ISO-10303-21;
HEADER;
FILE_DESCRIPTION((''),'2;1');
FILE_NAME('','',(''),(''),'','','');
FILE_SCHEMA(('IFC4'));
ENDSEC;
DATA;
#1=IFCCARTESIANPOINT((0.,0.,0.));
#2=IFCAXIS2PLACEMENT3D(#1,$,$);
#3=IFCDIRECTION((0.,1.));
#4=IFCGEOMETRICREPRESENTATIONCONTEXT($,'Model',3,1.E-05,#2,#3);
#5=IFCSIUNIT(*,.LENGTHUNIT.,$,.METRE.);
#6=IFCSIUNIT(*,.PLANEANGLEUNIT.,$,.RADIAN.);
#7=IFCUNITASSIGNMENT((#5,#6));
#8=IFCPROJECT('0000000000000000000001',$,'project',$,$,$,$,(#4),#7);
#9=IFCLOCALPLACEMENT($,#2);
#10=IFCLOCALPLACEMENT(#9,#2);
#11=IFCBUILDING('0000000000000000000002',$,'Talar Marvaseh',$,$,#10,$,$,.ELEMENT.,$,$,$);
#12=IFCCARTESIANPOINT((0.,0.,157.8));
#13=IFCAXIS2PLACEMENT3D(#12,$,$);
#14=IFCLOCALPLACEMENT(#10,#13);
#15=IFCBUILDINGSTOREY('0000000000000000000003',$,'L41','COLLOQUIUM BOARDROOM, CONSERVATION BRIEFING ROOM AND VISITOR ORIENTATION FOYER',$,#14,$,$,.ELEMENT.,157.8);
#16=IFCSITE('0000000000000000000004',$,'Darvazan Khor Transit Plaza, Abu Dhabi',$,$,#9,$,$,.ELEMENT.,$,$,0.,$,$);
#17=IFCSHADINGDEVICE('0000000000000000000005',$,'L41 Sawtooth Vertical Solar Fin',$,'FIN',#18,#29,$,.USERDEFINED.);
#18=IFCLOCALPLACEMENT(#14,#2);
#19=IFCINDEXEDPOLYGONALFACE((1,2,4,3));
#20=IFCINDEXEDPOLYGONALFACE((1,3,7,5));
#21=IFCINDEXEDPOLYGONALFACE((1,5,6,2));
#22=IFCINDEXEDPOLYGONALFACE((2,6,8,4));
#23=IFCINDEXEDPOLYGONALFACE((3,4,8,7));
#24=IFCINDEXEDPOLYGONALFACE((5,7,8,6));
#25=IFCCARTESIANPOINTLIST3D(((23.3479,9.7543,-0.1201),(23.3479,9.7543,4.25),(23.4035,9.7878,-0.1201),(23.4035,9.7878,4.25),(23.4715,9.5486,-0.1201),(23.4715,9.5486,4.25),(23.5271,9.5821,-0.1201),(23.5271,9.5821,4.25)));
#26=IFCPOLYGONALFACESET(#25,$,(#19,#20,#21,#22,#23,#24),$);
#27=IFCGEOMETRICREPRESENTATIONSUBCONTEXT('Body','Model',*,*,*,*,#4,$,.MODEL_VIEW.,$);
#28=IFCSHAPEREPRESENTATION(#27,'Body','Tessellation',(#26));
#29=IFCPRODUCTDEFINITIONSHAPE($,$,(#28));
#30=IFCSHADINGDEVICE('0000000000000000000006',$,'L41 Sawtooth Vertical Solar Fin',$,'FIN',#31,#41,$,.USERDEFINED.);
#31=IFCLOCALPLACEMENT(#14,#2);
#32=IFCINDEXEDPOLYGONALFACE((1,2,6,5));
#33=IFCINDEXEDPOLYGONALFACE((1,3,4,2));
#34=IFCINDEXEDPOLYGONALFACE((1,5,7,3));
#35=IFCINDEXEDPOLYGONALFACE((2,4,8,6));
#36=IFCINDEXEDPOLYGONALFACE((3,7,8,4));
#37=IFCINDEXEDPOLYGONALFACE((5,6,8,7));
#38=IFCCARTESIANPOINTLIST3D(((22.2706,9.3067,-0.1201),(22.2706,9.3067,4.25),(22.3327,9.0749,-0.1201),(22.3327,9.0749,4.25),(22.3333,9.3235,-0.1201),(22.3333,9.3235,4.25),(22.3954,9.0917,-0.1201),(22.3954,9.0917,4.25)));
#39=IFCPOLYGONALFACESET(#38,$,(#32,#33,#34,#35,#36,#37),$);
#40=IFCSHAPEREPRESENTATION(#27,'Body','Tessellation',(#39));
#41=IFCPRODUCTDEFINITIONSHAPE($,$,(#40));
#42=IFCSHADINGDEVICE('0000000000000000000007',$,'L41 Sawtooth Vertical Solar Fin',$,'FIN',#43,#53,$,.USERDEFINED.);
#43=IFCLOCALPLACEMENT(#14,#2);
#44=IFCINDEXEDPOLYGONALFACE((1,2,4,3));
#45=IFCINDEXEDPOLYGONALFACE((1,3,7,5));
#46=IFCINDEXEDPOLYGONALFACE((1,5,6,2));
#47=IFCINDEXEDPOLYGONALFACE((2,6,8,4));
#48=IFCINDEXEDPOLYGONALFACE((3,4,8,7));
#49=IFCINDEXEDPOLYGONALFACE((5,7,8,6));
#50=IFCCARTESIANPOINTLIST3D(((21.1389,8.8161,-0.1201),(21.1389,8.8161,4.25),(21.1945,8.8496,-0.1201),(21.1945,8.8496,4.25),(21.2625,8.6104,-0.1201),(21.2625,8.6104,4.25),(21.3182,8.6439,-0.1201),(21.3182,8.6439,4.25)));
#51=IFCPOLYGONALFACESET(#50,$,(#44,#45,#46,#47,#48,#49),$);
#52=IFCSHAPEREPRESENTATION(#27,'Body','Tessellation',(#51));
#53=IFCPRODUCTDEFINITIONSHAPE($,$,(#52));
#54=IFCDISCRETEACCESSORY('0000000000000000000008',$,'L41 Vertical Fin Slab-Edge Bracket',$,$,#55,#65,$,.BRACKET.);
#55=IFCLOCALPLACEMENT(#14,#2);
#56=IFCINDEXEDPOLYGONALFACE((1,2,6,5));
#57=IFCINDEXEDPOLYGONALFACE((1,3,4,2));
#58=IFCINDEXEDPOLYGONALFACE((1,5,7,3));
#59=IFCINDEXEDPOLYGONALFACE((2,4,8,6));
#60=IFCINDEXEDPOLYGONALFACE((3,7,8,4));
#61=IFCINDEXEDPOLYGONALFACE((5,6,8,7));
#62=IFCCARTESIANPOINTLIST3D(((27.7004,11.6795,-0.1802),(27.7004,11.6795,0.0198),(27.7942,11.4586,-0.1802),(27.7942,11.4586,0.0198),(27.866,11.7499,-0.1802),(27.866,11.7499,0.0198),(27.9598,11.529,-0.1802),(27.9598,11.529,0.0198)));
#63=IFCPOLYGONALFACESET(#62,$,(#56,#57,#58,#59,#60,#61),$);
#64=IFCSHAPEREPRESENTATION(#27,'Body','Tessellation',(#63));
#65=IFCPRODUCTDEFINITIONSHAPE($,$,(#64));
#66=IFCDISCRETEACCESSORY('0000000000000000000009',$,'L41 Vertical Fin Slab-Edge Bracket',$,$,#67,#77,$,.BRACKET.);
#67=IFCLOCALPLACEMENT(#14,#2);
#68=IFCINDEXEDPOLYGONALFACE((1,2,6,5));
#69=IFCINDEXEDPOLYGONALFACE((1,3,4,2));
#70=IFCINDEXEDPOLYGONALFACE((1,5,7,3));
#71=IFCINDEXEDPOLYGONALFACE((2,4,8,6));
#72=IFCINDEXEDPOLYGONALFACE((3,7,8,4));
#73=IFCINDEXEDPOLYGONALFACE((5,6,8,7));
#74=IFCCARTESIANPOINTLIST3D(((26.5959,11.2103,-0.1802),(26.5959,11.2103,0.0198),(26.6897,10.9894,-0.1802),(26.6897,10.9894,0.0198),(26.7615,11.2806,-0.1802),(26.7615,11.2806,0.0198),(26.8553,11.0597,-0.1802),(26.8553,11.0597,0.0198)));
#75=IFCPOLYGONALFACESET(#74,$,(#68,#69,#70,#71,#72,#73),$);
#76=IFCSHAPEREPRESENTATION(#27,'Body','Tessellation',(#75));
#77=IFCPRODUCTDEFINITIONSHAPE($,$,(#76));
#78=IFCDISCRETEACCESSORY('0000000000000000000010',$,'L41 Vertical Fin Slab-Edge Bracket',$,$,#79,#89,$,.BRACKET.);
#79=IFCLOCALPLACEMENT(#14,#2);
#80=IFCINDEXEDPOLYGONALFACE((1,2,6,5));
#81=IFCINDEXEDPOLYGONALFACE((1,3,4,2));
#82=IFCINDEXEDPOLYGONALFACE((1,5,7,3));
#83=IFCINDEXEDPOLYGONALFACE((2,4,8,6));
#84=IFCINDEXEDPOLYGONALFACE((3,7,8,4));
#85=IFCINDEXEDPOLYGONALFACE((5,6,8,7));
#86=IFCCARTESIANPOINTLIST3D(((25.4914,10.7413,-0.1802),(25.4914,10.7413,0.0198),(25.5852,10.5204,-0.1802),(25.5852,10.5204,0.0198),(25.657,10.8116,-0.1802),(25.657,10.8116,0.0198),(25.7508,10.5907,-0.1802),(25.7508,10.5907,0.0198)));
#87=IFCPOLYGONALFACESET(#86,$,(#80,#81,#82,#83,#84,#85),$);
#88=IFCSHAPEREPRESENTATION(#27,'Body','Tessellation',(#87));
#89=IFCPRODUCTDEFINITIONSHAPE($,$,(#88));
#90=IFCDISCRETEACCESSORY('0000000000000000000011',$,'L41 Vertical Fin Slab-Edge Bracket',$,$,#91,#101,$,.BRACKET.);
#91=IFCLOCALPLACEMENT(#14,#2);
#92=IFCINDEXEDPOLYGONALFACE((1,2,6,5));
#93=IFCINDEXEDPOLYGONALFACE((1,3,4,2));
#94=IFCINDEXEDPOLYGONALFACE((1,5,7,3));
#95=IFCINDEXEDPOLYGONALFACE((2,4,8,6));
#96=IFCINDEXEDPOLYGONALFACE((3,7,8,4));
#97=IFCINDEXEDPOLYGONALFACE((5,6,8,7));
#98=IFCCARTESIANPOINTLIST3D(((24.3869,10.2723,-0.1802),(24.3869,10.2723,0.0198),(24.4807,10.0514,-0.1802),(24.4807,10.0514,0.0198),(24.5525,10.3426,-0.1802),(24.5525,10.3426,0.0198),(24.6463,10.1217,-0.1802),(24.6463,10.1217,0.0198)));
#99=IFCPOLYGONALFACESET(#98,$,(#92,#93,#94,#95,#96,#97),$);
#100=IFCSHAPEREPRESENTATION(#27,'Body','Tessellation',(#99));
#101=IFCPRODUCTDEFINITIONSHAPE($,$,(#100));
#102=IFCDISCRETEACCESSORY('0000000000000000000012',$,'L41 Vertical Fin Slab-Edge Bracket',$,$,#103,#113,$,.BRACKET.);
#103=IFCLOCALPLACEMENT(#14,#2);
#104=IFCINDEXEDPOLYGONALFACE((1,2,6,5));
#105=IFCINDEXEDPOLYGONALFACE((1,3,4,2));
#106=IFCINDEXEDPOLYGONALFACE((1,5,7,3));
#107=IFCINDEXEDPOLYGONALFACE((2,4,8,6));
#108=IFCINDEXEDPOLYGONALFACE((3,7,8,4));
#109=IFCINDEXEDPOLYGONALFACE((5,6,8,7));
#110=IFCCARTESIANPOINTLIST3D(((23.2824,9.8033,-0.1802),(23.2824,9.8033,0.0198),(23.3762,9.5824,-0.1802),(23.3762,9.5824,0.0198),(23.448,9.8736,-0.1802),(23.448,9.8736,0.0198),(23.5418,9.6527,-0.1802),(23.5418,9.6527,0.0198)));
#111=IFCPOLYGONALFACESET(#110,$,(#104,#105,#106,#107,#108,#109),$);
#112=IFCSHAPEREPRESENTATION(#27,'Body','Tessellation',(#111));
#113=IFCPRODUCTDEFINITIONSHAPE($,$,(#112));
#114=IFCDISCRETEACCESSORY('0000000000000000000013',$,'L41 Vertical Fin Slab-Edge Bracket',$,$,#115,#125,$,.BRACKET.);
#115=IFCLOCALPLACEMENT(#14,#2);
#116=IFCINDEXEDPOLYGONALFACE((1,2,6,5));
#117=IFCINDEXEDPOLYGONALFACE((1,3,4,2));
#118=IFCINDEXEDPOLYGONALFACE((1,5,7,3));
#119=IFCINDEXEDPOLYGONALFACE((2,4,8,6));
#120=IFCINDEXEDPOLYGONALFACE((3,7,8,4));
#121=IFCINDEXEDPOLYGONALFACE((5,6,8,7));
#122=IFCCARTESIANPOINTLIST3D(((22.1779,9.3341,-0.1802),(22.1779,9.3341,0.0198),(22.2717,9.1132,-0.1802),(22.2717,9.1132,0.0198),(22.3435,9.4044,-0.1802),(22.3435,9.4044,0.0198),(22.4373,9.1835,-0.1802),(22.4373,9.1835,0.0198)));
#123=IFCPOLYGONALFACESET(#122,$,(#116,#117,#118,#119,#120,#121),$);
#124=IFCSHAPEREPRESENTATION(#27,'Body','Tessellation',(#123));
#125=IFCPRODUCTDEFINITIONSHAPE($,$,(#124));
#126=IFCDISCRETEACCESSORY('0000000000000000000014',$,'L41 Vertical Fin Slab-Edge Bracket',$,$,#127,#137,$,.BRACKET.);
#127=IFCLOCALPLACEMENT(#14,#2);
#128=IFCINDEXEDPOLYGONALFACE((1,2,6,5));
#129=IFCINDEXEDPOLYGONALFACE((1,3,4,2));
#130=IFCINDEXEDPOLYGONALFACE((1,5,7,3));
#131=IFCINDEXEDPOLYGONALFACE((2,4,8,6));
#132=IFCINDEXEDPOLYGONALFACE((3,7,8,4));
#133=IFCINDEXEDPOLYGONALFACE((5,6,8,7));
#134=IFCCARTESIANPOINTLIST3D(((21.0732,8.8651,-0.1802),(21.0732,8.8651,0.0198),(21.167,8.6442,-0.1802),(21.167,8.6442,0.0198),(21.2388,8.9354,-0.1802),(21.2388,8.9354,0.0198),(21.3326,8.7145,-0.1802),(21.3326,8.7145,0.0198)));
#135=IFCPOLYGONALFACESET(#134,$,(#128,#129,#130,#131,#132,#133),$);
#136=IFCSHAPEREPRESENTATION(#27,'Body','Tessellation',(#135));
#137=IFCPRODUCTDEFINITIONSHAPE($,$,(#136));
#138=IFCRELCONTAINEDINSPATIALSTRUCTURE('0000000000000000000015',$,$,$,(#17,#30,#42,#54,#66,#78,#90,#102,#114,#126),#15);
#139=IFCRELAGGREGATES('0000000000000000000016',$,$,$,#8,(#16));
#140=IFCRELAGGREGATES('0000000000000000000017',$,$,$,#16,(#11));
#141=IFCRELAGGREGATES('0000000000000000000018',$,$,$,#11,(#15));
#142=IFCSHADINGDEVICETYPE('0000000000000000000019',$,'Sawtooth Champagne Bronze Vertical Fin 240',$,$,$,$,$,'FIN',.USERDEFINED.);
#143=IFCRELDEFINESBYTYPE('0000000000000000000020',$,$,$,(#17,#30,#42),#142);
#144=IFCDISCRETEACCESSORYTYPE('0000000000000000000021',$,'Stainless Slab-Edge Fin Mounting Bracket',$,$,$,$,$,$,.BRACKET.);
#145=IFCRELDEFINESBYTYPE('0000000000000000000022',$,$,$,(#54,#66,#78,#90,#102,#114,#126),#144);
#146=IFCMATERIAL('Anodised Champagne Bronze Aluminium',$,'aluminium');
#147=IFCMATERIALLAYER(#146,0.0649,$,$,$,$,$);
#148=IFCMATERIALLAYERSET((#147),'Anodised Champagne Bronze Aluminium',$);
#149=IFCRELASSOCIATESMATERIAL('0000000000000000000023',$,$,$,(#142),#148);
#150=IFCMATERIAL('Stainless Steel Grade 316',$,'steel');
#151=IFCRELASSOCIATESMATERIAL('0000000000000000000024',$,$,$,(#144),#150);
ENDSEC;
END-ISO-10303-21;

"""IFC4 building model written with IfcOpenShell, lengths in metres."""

from ifc_helpers import new_model, si_unit, direction, frame, origin, origin_2d, place, context, subcontext, project, spatial, rectangle, extrude, source, transform, mapped, material, layer, layer_set, type_object, type_shapes, element, save


model = new_model("IFC4")

# Units and contexts
model_context = context("Model", 3, precision=1e-05, world=origin(), true_north=direction((0.0, 1.0)))
body_context = subcontext(model_context, "Body", "Model", "MODEL_VIEW")
ifc_project = project(units=[si_unit("LENGTHUNIT", "METRE"), si_unit("PLANEANGLEUNIT", "RADIAN")], contexts=[model_context])

# Site, building, storey
site_placement = place(None, origin())
site = spatial("IfcSite", under=ifc_project, at=site_placement, Name="Darvazan Khor Transit Plaza, Abu Dhabi", CompositionType="ELEMENT", RefElevation=0.0)
building_placement = place(site_placement, origin())
building = spatial("IfcBuilding", under=site, at=building_placement, Name="Talar Marvaseh", CompositionType="ELEMENT")
storey_placement = place(building_placement, frame((0.0, 0.0, 157.8)))
storey = spatial("IfcBuildingStorey", under=building, at=storey_placement, Name="L41", Description="COLLOQUIUM BOARDROOM, CONSERVATION BRIEFING ROOM AND VISITOR ORIENTATION FOYER", CompositionType="ELEMENT", Elevation=157.8)

# Shading devices
ifc_material_1 = material(Name="Anodised Champagne Bronze Aluminium", Category="aluminium")
ifc_layer_1 = layer(ifc_material_1, 0.0649)
ifc_layer_set_1 = layer_set([ifc_layer_1], Name="Anodised Champagne Bronze Aluminium")
shading_device_type = type_object("IfcShadingDeviceType", Name="Sawtooth Champagne Bronze Vertical Fin 240", ElementType="FIN", PredefinedType="USERDEFINED", material=ifc_layer_set_1)
shared_shape_1 = source(origin(), body_context, "Body", "SweptSolid", [
    extrude(rectangle(XDim=0.24, YDim=0.0649, at=origin_2d()), origin(), (0.0, 0.0, 1.0), 4.3701),
])
type_shapes(shading_device_type, [shared_shape_1])
for number, where, z_axis, x_axis, name in (
    (1, (23.4375, 9.6682, -0.1201), (0.0, 0.0, 1.0), (0.515188, -0.857077, 0.0), "L41 Sawtooth Vertical Solar Fin"),
    (2, (22.333, 9.1992, -0.1201), (0.0, 0.0, 1.0), (0.258988, -0.965881, 0.0), "L41 Sawtooth Vertical Solar Fin"),
    (3, (21.2285, 8.73, -0.1201), (0.0, 0.0, 1.0), (0.515188, -0.857077, 0.0), "L41 Sawtooth Vertical Solar Fin"),
):
    element("IfcShadingDevice", number, at=place(storey_placement, frame(where, z_axis=z_axis, x_axis=x_axis)), inside=storey, type_object=shading_device_type, Name=name, ObjectType="FIN", PredefinedType="USERDEFINED", context=body_context, shape_type="MappedRepresentation", body=[
        mapped(shared_shape_1, transform((0.0, 0.0, 0.0), x_axis=(1.0, 0.0, 0.0), y_axis=(0.0, 1.0, 0.0), z_axis=(0.0, 0.0, 1.0), scale=1.0)),
    ])

# Discrete accessories
ifc_material_2 = material(Name="Stainless Steel Grade 316", Category="steel")
discrete_accessory_type = type_object("IfcDiscreteAccessoryType", Name="Stainless Slab-Edge Fin Mounting Bracket", PredefinedType="BRACKET", material=ifc_material_2)
shared_shape_2 = source(origin(), body_context, "Body", "SweptSolid", [
    extrude(rectangle(XDim=0.24, YDim=0.1799, at=origin_2d()), origin(), (0.0, 0.0, 1.0), 0.2),
])
type_shapes(discrete_accessory_type, [shared_shape_2])
for number, where, z_axis, x_axis, name in (
    (4, (27.8301, 11.6042, -0.1802), (0.0, 0.0, 1.0), (0.390892, -0.920437, 0.0), "L41 Vertical Fin Slab-Edge Bracket"),
    (5, (26.7256, 11.135, -0.1802), (0.0, 0.0, 1.0), (0.390892, -0.920437, 0.0), "L41 Vertical Fin Slab-Edge Bracket"),
    (6, (25.6211, 10.666, -0.1802), (0.0, 0.0, 1.0), (0.390892, -0.920437, 0.0), "L41 Vertical Fin Slab-Edge Bracket"),
    (7, (24.5166, 10.197, -0.1802), (0.0, 0.0, 1.0), (0.390892, -0.920437, 0.0), "L41 Vertical Fin Slab-Edge Bracket"),
    (8, (23.4121, 9.728, -0.1802), (0.0, 0.0, 1.0), (0.390892, -0.920437, 0.0), "L41 Vertical Fin Slab-Edge Bracket"),
    (9, (22.3076, 9.2588, -0.1802), (0.0, 0.0, 1.0), (0.390892, -0.920437, 0.0), "L41 Vertical Fin Slab-Edge Bracket"),
    (10, (21.2029, 8.7898, -0.1802), (0.0, 0.0, 1.0), (0.390892, -0.920437, 0.0), "L41 Vertical Fin Slab-Edge Bracket"),
):
    element("IfcDiscreteAccessory", number, at=place(storey_placement, frame(where, z_axis=z_axis, x_axis=x_axis)), inside=storey, type_object=discrete_accessory_type, Name=name, PredefinedType="BRACKET", context=body_context, shape_type="MappedRepresentation", body=[
        mapped(shared_shape_2, transform((0.0, 0.0, 0.0), x_axis=(1.0, 0.0, 0.0), y_axis=(0.0, 1.0, 0.0), z_axis=(0.0, 0.0, 1.0), scale=1.0)),
    ])

save(model, "model.ifc")
